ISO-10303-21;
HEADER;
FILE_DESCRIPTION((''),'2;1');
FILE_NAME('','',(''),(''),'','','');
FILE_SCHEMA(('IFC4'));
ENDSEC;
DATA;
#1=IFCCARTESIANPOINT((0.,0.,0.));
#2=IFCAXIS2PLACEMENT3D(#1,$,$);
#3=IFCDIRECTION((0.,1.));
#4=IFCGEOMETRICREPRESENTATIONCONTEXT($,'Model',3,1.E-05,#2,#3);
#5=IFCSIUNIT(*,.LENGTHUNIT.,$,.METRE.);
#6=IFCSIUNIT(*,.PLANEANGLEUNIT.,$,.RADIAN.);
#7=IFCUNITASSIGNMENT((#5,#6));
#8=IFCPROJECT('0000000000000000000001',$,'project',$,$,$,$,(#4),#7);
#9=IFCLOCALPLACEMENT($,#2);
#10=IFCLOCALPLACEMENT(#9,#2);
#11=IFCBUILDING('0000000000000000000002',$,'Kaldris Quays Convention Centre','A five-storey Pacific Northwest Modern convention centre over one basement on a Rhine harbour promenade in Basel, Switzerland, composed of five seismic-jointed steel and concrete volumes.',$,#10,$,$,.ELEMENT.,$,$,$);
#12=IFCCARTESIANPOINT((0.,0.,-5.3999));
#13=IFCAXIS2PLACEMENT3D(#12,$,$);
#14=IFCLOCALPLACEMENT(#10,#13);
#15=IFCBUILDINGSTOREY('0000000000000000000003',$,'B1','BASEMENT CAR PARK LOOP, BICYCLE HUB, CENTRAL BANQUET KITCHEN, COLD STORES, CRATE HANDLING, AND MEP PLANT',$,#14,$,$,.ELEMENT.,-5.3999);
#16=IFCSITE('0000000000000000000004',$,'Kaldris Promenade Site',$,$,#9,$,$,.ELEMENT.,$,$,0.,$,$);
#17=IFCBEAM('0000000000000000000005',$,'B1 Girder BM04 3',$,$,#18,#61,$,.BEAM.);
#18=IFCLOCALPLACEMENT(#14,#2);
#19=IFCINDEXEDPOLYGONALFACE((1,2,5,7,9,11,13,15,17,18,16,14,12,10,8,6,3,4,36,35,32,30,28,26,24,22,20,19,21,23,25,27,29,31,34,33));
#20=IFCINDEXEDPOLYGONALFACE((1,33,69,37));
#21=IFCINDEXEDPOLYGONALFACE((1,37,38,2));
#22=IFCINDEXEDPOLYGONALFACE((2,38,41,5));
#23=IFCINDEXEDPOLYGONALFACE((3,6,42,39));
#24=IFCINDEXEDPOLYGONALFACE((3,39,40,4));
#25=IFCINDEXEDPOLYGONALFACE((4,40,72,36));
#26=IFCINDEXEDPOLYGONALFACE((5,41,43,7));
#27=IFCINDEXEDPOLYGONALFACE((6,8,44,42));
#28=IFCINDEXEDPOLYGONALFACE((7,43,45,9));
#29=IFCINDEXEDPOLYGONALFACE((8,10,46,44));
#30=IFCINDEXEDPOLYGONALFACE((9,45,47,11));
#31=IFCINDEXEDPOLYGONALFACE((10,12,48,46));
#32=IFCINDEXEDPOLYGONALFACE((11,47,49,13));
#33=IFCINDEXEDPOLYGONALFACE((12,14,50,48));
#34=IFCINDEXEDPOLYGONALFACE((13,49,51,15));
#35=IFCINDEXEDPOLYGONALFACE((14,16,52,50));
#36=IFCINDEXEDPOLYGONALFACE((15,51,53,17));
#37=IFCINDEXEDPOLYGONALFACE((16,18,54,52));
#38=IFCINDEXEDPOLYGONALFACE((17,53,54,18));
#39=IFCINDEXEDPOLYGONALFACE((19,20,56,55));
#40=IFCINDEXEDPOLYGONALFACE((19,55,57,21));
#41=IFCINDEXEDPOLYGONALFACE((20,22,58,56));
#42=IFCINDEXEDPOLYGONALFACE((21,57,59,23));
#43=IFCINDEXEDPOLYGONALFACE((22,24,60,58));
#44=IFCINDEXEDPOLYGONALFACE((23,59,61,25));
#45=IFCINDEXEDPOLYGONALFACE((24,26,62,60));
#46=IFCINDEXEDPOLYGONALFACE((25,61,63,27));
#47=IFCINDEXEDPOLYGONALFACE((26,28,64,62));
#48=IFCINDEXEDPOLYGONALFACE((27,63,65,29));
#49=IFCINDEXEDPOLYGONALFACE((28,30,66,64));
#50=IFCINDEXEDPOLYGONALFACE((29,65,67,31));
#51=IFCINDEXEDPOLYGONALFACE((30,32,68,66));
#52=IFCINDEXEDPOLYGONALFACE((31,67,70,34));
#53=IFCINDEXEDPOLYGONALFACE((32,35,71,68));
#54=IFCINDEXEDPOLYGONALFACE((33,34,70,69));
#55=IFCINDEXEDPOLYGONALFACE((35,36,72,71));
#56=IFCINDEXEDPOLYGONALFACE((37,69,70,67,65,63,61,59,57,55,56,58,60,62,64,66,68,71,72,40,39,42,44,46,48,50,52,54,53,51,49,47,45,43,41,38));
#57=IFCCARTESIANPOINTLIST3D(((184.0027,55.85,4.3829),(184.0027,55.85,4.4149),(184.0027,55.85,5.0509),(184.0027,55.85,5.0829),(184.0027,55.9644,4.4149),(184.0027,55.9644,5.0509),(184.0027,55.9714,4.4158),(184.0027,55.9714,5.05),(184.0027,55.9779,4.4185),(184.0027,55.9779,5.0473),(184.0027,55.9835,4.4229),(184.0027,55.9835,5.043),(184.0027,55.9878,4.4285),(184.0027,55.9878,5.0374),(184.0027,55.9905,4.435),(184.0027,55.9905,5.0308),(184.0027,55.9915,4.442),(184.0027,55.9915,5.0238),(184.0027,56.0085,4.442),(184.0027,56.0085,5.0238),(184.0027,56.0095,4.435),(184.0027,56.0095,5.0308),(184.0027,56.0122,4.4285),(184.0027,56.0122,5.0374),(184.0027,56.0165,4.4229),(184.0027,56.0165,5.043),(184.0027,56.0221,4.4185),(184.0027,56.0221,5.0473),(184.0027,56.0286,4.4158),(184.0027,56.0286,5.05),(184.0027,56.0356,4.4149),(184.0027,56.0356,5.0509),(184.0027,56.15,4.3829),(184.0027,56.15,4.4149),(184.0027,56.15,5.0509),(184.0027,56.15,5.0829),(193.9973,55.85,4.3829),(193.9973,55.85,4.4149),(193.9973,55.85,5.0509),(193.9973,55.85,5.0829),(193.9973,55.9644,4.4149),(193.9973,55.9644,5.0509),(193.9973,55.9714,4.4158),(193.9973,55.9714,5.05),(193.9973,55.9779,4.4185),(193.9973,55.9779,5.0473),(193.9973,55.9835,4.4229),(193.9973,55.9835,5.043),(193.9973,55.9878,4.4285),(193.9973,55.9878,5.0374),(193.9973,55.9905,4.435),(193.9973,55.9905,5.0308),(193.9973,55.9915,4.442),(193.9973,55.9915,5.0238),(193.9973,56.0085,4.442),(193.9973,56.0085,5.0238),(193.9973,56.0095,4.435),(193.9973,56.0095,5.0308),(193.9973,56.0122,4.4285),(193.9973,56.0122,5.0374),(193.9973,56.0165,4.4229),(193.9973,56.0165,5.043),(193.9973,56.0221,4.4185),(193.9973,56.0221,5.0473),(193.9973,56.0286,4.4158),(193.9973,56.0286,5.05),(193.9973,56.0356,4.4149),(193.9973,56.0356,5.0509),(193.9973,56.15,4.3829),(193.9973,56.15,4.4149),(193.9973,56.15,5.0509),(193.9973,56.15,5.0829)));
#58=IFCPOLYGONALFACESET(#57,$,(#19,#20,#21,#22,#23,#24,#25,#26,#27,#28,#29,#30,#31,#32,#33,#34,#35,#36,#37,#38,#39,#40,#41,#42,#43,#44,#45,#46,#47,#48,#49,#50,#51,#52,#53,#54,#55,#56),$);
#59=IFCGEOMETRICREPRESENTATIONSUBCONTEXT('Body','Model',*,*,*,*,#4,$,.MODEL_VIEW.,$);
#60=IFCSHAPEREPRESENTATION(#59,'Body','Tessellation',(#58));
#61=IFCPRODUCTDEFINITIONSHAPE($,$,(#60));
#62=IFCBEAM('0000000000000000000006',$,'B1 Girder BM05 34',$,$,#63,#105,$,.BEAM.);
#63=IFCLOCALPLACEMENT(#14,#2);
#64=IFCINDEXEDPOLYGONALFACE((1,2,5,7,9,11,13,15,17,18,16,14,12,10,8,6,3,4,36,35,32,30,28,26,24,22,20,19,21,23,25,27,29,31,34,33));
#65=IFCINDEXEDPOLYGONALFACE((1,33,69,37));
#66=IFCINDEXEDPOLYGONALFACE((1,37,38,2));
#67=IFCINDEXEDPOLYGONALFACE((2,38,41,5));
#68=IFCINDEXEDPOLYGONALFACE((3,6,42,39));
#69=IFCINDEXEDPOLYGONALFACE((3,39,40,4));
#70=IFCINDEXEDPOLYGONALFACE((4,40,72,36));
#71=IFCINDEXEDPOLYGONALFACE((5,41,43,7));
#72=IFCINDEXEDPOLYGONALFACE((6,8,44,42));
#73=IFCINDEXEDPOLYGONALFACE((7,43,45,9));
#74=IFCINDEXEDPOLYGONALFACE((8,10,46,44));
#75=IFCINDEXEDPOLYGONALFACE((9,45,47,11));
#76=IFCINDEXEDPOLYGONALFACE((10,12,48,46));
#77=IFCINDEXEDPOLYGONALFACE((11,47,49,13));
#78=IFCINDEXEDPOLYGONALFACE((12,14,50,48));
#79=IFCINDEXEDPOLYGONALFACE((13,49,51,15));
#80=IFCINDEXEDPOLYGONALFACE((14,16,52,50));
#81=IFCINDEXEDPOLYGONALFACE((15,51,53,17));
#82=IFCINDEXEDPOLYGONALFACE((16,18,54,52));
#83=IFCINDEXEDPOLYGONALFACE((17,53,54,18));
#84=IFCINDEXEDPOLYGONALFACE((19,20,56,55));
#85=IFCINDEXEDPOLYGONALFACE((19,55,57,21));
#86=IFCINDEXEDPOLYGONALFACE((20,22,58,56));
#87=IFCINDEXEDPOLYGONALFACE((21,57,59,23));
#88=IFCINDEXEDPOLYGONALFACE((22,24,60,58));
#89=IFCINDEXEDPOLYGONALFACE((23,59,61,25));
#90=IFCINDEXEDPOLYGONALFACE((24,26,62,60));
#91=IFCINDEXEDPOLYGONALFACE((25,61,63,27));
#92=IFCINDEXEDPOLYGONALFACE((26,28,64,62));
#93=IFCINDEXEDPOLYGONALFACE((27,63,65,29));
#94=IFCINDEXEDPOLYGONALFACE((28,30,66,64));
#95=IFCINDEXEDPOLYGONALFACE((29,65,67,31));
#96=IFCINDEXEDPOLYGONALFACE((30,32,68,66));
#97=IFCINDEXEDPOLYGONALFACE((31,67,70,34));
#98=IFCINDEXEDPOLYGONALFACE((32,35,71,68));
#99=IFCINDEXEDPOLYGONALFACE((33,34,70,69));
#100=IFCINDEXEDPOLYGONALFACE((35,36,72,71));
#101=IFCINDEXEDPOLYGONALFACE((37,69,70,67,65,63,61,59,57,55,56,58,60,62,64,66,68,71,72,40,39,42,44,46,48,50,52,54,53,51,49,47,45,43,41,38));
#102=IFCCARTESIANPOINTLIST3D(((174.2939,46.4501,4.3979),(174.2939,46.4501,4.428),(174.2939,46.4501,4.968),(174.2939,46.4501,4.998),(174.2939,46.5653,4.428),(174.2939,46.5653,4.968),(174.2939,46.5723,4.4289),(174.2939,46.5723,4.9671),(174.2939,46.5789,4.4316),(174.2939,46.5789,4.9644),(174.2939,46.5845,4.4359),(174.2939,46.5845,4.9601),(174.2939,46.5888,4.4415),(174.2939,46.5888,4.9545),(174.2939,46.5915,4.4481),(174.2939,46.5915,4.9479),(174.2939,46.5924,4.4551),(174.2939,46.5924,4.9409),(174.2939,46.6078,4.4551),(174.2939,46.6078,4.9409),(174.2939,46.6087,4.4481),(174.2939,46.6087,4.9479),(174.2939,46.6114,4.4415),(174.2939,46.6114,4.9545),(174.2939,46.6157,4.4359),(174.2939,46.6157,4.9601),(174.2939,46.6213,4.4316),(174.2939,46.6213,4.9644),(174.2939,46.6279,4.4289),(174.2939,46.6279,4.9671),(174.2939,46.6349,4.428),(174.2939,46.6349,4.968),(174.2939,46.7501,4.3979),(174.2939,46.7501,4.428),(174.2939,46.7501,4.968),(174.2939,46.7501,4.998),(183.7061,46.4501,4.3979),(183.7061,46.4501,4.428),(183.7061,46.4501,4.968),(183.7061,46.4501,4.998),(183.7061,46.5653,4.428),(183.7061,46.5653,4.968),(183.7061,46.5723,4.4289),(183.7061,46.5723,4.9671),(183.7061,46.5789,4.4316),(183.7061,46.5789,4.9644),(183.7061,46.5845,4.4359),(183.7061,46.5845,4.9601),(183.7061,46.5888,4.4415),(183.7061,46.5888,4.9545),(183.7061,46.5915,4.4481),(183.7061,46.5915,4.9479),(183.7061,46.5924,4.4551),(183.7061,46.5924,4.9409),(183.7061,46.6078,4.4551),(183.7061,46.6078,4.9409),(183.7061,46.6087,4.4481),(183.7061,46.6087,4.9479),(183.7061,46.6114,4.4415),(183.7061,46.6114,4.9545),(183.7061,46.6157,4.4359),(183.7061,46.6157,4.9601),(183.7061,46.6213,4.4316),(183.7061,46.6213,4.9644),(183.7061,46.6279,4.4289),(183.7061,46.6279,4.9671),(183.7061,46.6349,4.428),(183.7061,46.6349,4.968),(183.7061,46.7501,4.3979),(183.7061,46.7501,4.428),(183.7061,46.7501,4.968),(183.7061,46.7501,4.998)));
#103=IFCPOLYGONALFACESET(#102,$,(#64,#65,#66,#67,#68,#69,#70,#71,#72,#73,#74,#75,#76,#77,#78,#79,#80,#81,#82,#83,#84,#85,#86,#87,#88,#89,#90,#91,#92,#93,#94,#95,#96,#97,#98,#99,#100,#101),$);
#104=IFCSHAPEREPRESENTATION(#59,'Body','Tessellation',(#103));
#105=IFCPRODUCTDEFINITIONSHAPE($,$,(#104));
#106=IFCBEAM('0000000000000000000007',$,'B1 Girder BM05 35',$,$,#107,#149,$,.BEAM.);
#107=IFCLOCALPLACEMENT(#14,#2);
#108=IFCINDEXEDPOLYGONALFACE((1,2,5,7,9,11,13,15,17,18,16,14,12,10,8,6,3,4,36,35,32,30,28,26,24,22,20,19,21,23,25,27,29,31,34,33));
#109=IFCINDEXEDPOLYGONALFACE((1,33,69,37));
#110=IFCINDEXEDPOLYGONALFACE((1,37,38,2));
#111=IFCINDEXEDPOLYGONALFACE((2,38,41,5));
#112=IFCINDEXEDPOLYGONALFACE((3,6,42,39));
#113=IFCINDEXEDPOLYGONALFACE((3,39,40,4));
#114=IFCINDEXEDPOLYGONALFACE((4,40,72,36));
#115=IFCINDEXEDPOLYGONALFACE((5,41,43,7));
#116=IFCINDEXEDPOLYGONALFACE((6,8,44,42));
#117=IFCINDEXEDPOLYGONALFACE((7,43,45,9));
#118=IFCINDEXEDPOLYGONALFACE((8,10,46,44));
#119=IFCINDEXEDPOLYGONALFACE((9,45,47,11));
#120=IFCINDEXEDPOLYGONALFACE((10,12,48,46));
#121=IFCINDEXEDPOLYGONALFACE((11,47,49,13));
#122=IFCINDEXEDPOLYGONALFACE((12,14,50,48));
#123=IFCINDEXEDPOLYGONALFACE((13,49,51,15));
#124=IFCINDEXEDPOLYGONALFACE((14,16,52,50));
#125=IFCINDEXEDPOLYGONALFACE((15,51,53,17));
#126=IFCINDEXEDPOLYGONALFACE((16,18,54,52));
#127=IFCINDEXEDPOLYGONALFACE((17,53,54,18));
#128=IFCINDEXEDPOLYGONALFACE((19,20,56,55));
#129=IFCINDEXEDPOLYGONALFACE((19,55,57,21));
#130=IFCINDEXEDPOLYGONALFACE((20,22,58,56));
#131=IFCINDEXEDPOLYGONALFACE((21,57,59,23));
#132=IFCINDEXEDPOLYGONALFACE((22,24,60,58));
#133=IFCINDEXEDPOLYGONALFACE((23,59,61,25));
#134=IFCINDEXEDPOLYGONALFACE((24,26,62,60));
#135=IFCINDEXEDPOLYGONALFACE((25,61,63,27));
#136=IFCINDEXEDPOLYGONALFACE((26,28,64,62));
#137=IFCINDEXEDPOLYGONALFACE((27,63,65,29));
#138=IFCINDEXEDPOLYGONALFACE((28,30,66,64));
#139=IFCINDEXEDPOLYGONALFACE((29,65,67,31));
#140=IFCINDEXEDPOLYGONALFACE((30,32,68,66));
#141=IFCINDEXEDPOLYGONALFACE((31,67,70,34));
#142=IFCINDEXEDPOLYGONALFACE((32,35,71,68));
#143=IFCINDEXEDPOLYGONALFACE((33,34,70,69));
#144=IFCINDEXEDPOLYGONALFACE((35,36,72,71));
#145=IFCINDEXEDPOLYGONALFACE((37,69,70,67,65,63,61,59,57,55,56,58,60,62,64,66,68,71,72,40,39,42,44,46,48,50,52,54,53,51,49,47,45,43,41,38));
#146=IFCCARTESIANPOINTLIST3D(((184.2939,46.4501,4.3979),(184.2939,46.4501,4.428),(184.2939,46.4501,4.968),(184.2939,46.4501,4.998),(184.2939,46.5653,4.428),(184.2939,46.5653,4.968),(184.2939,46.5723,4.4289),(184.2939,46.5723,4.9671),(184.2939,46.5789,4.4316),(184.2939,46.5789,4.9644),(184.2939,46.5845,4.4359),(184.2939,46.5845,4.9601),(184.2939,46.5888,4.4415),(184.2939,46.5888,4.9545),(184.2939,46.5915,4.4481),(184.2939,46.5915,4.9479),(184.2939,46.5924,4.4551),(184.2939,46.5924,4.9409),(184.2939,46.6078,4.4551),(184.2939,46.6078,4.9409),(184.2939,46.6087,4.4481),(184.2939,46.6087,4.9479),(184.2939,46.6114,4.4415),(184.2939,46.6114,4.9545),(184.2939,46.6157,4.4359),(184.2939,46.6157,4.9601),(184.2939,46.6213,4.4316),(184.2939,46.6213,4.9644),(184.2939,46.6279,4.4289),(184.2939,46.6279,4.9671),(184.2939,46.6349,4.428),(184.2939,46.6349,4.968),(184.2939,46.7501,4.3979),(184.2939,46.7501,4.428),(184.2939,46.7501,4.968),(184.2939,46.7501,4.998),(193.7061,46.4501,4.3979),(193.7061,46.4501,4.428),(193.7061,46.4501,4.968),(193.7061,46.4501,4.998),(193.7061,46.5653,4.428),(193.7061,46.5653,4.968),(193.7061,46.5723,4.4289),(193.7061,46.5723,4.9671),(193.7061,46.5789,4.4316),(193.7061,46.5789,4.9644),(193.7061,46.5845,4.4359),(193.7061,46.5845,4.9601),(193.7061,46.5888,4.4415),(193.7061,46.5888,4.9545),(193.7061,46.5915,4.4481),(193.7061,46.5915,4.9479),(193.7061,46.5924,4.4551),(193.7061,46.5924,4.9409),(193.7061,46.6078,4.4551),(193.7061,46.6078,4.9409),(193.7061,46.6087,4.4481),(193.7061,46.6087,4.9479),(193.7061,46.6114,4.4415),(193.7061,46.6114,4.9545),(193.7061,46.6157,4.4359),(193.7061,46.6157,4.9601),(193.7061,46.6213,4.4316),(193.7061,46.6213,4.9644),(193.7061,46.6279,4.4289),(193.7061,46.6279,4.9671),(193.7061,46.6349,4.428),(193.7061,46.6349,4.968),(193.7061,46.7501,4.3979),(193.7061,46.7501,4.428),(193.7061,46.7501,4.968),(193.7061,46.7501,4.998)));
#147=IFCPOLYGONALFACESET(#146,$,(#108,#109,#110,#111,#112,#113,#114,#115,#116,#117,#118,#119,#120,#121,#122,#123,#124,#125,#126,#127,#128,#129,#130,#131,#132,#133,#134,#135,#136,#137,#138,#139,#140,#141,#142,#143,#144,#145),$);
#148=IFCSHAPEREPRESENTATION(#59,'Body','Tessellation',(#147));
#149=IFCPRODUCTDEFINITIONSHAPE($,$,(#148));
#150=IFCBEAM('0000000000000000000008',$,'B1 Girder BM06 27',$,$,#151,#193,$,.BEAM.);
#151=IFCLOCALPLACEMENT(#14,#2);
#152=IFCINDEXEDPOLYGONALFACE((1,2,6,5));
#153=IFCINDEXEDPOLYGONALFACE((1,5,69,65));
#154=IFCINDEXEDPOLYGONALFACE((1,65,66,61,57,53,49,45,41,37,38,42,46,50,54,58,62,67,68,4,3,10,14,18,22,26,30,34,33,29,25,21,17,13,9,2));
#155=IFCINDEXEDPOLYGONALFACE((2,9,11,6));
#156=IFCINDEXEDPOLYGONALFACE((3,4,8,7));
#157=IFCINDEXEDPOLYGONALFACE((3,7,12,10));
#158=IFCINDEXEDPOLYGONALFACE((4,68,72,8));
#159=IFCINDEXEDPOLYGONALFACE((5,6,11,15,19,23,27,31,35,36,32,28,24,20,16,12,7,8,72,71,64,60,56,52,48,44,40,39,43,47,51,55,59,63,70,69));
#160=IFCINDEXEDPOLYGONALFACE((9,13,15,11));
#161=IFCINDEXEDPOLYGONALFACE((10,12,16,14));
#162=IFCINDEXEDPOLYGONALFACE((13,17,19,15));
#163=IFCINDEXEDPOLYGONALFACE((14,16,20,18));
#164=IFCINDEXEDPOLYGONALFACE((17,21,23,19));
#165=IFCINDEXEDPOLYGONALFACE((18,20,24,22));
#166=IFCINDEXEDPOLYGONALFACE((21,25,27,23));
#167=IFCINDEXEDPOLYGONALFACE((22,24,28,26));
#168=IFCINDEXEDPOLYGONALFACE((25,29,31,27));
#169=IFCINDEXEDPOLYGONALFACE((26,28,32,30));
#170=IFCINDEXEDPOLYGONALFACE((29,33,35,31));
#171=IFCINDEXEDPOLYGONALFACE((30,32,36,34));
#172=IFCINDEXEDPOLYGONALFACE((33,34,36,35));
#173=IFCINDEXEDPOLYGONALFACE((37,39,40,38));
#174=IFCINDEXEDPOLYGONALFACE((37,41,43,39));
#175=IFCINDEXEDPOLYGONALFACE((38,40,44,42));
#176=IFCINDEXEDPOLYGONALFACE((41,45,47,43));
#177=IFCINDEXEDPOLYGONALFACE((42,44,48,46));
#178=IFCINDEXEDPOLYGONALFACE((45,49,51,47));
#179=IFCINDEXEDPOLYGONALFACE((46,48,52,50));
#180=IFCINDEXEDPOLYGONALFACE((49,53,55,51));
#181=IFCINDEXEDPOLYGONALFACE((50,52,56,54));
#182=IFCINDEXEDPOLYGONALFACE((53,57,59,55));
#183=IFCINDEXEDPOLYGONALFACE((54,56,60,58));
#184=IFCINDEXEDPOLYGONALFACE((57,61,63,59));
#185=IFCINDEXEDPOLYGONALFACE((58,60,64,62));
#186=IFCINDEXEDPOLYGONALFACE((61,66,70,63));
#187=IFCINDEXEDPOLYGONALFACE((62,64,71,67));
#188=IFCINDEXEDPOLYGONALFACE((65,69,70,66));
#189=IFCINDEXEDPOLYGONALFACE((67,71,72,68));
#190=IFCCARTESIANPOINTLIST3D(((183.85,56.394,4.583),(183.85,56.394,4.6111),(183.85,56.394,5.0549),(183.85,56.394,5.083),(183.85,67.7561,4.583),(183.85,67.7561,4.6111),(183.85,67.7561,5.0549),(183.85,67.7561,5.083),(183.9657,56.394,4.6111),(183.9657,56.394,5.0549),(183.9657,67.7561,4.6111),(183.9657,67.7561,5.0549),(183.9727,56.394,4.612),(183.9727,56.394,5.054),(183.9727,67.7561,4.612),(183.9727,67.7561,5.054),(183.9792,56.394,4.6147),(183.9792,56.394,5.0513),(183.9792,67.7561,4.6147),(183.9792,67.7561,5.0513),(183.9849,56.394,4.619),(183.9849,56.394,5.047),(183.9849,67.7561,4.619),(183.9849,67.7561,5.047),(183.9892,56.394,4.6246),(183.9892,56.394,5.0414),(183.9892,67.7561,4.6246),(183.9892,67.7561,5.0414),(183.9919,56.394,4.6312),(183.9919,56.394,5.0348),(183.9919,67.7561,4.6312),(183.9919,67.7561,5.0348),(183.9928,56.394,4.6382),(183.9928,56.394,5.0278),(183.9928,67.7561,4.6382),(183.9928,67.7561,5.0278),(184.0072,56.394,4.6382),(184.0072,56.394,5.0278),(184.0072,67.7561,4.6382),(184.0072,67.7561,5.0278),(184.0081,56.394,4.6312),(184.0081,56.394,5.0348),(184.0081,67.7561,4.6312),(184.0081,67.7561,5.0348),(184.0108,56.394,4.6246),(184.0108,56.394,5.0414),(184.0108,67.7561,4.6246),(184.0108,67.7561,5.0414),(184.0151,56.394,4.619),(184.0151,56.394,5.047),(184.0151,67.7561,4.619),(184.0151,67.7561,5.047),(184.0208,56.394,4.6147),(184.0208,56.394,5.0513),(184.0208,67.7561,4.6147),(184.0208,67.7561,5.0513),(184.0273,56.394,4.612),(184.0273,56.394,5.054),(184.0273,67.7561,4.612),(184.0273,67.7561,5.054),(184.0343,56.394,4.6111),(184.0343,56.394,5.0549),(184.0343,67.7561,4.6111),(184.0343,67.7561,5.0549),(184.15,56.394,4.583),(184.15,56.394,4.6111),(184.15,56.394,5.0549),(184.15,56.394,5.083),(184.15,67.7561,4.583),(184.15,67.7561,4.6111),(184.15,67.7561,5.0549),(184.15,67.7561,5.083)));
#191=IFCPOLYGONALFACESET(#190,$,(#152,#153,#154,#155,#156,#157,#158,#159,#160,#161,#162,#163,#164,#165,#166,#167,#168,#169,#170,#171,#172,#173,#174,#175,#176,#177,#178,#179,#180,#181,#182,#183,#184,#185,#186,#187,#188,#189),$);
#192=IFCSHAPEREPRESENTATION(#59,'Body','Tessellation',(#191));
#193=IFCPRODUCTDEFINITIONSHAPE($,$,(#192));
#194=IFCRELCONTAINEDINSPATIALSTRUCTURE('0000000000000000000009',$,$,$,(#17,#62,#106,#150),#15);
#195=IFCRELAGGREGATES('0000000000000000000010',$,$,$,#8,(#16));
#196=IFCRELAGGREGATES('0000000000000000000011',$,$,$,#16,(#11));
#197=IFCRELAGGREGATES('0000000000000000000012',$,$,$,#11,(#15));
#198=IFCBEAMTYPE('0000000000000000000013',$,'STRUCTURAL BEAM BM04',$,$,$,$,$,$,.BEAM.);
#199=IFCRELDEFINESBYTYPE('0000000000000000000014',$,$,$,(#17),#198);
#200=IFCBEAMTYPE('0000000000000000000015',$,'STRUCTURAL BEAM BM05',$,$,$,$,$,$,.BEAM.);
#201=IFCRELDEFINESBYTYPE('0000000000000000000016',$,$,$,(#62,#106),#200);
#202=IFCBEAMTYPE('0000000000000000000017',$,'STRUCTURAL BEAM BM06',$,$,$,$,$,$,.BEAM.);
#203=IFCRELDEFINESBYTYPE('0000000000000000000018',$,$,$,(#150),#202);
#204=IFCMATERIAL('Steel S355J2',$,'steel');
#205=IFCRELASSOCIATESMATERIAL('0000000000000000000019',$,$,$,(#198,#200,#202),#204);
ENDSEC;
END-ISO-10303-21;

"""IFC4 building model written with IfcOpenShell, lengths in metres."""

from ifc_helpers import new_model, si_unit, direction, frame, origin, origin_2d, place, context, subcontext, project, spatial, i_section, extrude, material, material_profile, profile_set, type_object, element, save


model = new_model("IFC4")

# Units and contexts
model_context = context("Model", 3, precision=1e-05, world=origin(), true_north=direction((0.0, 1.0)))
body_context = subcontext(model_context, "Body", "Model", "MODEL_VIEW")
ifc_project = project(units=[si_unit("LENGTHUNIT", "METRE"), si_unit("PLANEANGLEUNIT", "RADIAN")], contexts=[model_context])

# Site, building, storey
site_placement = place(None, origin())
site = spatial("IfcSite", under=ifc_project, at=site_placement, Name="Kaldris Promenade Site", CompositionType="ELEMENT", RefElevation=0.0)
building_placement = place(site_placement, origin())
building = spatial("IfcBuilding", under=site, at=building_placement, Name="Kaldris Quays Convention Centre", Description="A five-storey Pacific Northwest Modern convention centre over one basement on a Rhine harbour promenade in Basel, Switzerland, composed of five seismic-jointed steel and concrete volumes.", CompositionType="ELEMENT")
storey_placement = place(building_placement, frame((0.0, 0.0, -5.3999)))
storey = spatial("IfcBuildingStorey", under=building, at=storey_placement, Name="B1", Description="BASEMENT CAR PARK LOOP, BICYCLE HUB, CENTRAL BANQUET KITCHEN, COLD STORES, CRATE HANDLING, AND MEP PLANT", CompositionType="ELEMENT", Elevation=-5.3999)

# Shared definitions
ifc_material_1 = material(Name="Steel S355J2", Category="steel")

# Beams
ifc_material_profile_1 = material_profile(ifc_material_1, i_section(OverallWidth=0.3, OverallDepth=0.7, WebThickness=0.0171, FlangeThickness=0.032, FilletRadius=0.0271, at=origin_2d()), Name="HEB 700")
ifc_profile_set_1 = profile_set([ifc_material_profile_1], Name="Steel S355J2")
beam_type_1 = type_object("IfcBeamType", Name="STRUCTURAL BEAM BM04", PredefinedType="BEAM", material=ifc_profile_set_1)
beam_1_placement = place(storey_placement, frame((184.0027, 56.0, 4.7329), z_axis=(1.0, 0.0, 0.0), x_axis=(0.0, 1.0, 0.0)))
element("IfcBeam", 1, at=beam_1_placement, inside=storey, type_object=beam_type_1, Name="B1 Girder BM04 3", PredefinedType="BEAM", context=body_context, shape_type="SweptSolid", body=[
    extrude(i_section(OverallWidth=0.3, OverallDepth=0.7, WebThickness=0.0171, FlangeThickness=0.032, FilletRadius=0.0271, at=origin_2d()), origin(), (0.0, 0.0, 1.0), 9.9946),
])
ifc_material_profile_2 = material_profile(ifc_material_1, i_section(OverallWidth=0.3, OverallDepth=0.6001, WebThickness=0.0154, FlangeThickness=0.03, FilletRadius=0.0271, at=origin_2d()), Name="HEB 600")
ifc_profile_set_2 = profile_set([ifc_material_profile_2], Name="Steel S355J2")
beam_type_2 = type_object("IfcBeamType", Name="STRUCTURAL BEAM BM05", PredefinedType="BEAM", material=ifc_profile_set_2)
for number, where, z_axis, x_axis, name in (
    (2, (174.2939, 46.6001, 4.698), (1.0, 0.0, 0.0), (0.0, 1.0, 0.0), "B1 Girder BM05 34"),
    (3, (184.2939, 46.6001, 4.698), (1.0, 0.0, 0.0), (0.0, 1.0, 0.0), "B1 Girder BM05 35"),
):
    element("IfcBeam", number, at=place(storey_placement, frame(where, z_axis=z_axis, x_axis=x_axis)), inside=storey, type_object=beam_type_2, Name=name, PredefinedType="BEAM", context=body_context, shape_type="SweptSolid", body=[
        extrude(i_section(OverallWidth=0.3, OverallDepth=0.6001, WebThickness=0.0154, FlangeThickness=0.03, FilletRadius=0.0271, at=origin_2d()), origin(), (0.0, 0.0, 1.0), 9.4121),
    ])
ifc_material_profile_3 = material_profile(ifc_material_1, i_section(OverallWidth=0.3, OverallDepth=0.5, WebThickness=0.0144, FlangeThickness=0.0281, FilletRadius=0.0271, at=origin_2d()), Name="HEB 500")
ifc_profile_set_3 = profile_set([ifc_material_profile_3], Name="Steel S355J2")
beam_type_3 = type_object("IfcBeamType", Name="STRUCTURAL BEAM BM06", PredefinedType="BEAM", material=ifc_profile_set_3)
beam_2_placement = place(storey_placement, frame((184.0, 56.394, 4.833), z_axis=(0.0, 1.0, 0.0), x_axis=(-1.0, 0.0, 0.0)))
element("IfcBeam", 4, at=beam_2_placement, inside=storey, type_object=beam_type_3, Name="B1 Girder BM06 27", PredefinedType="BEAM", context=body_context, shape_type="SweptSolid", body=[
    extrude(i_section(OverallWidth=0.3, OverallDepth=0.5, WebThickness=0.0144, FlangeThickness=0.0281, FilletRadius=0.0271, at=origin_2d()), origin(), (0.0, 0.0, 1.0), 11.3621),
])

save(model, "model.ifc")
